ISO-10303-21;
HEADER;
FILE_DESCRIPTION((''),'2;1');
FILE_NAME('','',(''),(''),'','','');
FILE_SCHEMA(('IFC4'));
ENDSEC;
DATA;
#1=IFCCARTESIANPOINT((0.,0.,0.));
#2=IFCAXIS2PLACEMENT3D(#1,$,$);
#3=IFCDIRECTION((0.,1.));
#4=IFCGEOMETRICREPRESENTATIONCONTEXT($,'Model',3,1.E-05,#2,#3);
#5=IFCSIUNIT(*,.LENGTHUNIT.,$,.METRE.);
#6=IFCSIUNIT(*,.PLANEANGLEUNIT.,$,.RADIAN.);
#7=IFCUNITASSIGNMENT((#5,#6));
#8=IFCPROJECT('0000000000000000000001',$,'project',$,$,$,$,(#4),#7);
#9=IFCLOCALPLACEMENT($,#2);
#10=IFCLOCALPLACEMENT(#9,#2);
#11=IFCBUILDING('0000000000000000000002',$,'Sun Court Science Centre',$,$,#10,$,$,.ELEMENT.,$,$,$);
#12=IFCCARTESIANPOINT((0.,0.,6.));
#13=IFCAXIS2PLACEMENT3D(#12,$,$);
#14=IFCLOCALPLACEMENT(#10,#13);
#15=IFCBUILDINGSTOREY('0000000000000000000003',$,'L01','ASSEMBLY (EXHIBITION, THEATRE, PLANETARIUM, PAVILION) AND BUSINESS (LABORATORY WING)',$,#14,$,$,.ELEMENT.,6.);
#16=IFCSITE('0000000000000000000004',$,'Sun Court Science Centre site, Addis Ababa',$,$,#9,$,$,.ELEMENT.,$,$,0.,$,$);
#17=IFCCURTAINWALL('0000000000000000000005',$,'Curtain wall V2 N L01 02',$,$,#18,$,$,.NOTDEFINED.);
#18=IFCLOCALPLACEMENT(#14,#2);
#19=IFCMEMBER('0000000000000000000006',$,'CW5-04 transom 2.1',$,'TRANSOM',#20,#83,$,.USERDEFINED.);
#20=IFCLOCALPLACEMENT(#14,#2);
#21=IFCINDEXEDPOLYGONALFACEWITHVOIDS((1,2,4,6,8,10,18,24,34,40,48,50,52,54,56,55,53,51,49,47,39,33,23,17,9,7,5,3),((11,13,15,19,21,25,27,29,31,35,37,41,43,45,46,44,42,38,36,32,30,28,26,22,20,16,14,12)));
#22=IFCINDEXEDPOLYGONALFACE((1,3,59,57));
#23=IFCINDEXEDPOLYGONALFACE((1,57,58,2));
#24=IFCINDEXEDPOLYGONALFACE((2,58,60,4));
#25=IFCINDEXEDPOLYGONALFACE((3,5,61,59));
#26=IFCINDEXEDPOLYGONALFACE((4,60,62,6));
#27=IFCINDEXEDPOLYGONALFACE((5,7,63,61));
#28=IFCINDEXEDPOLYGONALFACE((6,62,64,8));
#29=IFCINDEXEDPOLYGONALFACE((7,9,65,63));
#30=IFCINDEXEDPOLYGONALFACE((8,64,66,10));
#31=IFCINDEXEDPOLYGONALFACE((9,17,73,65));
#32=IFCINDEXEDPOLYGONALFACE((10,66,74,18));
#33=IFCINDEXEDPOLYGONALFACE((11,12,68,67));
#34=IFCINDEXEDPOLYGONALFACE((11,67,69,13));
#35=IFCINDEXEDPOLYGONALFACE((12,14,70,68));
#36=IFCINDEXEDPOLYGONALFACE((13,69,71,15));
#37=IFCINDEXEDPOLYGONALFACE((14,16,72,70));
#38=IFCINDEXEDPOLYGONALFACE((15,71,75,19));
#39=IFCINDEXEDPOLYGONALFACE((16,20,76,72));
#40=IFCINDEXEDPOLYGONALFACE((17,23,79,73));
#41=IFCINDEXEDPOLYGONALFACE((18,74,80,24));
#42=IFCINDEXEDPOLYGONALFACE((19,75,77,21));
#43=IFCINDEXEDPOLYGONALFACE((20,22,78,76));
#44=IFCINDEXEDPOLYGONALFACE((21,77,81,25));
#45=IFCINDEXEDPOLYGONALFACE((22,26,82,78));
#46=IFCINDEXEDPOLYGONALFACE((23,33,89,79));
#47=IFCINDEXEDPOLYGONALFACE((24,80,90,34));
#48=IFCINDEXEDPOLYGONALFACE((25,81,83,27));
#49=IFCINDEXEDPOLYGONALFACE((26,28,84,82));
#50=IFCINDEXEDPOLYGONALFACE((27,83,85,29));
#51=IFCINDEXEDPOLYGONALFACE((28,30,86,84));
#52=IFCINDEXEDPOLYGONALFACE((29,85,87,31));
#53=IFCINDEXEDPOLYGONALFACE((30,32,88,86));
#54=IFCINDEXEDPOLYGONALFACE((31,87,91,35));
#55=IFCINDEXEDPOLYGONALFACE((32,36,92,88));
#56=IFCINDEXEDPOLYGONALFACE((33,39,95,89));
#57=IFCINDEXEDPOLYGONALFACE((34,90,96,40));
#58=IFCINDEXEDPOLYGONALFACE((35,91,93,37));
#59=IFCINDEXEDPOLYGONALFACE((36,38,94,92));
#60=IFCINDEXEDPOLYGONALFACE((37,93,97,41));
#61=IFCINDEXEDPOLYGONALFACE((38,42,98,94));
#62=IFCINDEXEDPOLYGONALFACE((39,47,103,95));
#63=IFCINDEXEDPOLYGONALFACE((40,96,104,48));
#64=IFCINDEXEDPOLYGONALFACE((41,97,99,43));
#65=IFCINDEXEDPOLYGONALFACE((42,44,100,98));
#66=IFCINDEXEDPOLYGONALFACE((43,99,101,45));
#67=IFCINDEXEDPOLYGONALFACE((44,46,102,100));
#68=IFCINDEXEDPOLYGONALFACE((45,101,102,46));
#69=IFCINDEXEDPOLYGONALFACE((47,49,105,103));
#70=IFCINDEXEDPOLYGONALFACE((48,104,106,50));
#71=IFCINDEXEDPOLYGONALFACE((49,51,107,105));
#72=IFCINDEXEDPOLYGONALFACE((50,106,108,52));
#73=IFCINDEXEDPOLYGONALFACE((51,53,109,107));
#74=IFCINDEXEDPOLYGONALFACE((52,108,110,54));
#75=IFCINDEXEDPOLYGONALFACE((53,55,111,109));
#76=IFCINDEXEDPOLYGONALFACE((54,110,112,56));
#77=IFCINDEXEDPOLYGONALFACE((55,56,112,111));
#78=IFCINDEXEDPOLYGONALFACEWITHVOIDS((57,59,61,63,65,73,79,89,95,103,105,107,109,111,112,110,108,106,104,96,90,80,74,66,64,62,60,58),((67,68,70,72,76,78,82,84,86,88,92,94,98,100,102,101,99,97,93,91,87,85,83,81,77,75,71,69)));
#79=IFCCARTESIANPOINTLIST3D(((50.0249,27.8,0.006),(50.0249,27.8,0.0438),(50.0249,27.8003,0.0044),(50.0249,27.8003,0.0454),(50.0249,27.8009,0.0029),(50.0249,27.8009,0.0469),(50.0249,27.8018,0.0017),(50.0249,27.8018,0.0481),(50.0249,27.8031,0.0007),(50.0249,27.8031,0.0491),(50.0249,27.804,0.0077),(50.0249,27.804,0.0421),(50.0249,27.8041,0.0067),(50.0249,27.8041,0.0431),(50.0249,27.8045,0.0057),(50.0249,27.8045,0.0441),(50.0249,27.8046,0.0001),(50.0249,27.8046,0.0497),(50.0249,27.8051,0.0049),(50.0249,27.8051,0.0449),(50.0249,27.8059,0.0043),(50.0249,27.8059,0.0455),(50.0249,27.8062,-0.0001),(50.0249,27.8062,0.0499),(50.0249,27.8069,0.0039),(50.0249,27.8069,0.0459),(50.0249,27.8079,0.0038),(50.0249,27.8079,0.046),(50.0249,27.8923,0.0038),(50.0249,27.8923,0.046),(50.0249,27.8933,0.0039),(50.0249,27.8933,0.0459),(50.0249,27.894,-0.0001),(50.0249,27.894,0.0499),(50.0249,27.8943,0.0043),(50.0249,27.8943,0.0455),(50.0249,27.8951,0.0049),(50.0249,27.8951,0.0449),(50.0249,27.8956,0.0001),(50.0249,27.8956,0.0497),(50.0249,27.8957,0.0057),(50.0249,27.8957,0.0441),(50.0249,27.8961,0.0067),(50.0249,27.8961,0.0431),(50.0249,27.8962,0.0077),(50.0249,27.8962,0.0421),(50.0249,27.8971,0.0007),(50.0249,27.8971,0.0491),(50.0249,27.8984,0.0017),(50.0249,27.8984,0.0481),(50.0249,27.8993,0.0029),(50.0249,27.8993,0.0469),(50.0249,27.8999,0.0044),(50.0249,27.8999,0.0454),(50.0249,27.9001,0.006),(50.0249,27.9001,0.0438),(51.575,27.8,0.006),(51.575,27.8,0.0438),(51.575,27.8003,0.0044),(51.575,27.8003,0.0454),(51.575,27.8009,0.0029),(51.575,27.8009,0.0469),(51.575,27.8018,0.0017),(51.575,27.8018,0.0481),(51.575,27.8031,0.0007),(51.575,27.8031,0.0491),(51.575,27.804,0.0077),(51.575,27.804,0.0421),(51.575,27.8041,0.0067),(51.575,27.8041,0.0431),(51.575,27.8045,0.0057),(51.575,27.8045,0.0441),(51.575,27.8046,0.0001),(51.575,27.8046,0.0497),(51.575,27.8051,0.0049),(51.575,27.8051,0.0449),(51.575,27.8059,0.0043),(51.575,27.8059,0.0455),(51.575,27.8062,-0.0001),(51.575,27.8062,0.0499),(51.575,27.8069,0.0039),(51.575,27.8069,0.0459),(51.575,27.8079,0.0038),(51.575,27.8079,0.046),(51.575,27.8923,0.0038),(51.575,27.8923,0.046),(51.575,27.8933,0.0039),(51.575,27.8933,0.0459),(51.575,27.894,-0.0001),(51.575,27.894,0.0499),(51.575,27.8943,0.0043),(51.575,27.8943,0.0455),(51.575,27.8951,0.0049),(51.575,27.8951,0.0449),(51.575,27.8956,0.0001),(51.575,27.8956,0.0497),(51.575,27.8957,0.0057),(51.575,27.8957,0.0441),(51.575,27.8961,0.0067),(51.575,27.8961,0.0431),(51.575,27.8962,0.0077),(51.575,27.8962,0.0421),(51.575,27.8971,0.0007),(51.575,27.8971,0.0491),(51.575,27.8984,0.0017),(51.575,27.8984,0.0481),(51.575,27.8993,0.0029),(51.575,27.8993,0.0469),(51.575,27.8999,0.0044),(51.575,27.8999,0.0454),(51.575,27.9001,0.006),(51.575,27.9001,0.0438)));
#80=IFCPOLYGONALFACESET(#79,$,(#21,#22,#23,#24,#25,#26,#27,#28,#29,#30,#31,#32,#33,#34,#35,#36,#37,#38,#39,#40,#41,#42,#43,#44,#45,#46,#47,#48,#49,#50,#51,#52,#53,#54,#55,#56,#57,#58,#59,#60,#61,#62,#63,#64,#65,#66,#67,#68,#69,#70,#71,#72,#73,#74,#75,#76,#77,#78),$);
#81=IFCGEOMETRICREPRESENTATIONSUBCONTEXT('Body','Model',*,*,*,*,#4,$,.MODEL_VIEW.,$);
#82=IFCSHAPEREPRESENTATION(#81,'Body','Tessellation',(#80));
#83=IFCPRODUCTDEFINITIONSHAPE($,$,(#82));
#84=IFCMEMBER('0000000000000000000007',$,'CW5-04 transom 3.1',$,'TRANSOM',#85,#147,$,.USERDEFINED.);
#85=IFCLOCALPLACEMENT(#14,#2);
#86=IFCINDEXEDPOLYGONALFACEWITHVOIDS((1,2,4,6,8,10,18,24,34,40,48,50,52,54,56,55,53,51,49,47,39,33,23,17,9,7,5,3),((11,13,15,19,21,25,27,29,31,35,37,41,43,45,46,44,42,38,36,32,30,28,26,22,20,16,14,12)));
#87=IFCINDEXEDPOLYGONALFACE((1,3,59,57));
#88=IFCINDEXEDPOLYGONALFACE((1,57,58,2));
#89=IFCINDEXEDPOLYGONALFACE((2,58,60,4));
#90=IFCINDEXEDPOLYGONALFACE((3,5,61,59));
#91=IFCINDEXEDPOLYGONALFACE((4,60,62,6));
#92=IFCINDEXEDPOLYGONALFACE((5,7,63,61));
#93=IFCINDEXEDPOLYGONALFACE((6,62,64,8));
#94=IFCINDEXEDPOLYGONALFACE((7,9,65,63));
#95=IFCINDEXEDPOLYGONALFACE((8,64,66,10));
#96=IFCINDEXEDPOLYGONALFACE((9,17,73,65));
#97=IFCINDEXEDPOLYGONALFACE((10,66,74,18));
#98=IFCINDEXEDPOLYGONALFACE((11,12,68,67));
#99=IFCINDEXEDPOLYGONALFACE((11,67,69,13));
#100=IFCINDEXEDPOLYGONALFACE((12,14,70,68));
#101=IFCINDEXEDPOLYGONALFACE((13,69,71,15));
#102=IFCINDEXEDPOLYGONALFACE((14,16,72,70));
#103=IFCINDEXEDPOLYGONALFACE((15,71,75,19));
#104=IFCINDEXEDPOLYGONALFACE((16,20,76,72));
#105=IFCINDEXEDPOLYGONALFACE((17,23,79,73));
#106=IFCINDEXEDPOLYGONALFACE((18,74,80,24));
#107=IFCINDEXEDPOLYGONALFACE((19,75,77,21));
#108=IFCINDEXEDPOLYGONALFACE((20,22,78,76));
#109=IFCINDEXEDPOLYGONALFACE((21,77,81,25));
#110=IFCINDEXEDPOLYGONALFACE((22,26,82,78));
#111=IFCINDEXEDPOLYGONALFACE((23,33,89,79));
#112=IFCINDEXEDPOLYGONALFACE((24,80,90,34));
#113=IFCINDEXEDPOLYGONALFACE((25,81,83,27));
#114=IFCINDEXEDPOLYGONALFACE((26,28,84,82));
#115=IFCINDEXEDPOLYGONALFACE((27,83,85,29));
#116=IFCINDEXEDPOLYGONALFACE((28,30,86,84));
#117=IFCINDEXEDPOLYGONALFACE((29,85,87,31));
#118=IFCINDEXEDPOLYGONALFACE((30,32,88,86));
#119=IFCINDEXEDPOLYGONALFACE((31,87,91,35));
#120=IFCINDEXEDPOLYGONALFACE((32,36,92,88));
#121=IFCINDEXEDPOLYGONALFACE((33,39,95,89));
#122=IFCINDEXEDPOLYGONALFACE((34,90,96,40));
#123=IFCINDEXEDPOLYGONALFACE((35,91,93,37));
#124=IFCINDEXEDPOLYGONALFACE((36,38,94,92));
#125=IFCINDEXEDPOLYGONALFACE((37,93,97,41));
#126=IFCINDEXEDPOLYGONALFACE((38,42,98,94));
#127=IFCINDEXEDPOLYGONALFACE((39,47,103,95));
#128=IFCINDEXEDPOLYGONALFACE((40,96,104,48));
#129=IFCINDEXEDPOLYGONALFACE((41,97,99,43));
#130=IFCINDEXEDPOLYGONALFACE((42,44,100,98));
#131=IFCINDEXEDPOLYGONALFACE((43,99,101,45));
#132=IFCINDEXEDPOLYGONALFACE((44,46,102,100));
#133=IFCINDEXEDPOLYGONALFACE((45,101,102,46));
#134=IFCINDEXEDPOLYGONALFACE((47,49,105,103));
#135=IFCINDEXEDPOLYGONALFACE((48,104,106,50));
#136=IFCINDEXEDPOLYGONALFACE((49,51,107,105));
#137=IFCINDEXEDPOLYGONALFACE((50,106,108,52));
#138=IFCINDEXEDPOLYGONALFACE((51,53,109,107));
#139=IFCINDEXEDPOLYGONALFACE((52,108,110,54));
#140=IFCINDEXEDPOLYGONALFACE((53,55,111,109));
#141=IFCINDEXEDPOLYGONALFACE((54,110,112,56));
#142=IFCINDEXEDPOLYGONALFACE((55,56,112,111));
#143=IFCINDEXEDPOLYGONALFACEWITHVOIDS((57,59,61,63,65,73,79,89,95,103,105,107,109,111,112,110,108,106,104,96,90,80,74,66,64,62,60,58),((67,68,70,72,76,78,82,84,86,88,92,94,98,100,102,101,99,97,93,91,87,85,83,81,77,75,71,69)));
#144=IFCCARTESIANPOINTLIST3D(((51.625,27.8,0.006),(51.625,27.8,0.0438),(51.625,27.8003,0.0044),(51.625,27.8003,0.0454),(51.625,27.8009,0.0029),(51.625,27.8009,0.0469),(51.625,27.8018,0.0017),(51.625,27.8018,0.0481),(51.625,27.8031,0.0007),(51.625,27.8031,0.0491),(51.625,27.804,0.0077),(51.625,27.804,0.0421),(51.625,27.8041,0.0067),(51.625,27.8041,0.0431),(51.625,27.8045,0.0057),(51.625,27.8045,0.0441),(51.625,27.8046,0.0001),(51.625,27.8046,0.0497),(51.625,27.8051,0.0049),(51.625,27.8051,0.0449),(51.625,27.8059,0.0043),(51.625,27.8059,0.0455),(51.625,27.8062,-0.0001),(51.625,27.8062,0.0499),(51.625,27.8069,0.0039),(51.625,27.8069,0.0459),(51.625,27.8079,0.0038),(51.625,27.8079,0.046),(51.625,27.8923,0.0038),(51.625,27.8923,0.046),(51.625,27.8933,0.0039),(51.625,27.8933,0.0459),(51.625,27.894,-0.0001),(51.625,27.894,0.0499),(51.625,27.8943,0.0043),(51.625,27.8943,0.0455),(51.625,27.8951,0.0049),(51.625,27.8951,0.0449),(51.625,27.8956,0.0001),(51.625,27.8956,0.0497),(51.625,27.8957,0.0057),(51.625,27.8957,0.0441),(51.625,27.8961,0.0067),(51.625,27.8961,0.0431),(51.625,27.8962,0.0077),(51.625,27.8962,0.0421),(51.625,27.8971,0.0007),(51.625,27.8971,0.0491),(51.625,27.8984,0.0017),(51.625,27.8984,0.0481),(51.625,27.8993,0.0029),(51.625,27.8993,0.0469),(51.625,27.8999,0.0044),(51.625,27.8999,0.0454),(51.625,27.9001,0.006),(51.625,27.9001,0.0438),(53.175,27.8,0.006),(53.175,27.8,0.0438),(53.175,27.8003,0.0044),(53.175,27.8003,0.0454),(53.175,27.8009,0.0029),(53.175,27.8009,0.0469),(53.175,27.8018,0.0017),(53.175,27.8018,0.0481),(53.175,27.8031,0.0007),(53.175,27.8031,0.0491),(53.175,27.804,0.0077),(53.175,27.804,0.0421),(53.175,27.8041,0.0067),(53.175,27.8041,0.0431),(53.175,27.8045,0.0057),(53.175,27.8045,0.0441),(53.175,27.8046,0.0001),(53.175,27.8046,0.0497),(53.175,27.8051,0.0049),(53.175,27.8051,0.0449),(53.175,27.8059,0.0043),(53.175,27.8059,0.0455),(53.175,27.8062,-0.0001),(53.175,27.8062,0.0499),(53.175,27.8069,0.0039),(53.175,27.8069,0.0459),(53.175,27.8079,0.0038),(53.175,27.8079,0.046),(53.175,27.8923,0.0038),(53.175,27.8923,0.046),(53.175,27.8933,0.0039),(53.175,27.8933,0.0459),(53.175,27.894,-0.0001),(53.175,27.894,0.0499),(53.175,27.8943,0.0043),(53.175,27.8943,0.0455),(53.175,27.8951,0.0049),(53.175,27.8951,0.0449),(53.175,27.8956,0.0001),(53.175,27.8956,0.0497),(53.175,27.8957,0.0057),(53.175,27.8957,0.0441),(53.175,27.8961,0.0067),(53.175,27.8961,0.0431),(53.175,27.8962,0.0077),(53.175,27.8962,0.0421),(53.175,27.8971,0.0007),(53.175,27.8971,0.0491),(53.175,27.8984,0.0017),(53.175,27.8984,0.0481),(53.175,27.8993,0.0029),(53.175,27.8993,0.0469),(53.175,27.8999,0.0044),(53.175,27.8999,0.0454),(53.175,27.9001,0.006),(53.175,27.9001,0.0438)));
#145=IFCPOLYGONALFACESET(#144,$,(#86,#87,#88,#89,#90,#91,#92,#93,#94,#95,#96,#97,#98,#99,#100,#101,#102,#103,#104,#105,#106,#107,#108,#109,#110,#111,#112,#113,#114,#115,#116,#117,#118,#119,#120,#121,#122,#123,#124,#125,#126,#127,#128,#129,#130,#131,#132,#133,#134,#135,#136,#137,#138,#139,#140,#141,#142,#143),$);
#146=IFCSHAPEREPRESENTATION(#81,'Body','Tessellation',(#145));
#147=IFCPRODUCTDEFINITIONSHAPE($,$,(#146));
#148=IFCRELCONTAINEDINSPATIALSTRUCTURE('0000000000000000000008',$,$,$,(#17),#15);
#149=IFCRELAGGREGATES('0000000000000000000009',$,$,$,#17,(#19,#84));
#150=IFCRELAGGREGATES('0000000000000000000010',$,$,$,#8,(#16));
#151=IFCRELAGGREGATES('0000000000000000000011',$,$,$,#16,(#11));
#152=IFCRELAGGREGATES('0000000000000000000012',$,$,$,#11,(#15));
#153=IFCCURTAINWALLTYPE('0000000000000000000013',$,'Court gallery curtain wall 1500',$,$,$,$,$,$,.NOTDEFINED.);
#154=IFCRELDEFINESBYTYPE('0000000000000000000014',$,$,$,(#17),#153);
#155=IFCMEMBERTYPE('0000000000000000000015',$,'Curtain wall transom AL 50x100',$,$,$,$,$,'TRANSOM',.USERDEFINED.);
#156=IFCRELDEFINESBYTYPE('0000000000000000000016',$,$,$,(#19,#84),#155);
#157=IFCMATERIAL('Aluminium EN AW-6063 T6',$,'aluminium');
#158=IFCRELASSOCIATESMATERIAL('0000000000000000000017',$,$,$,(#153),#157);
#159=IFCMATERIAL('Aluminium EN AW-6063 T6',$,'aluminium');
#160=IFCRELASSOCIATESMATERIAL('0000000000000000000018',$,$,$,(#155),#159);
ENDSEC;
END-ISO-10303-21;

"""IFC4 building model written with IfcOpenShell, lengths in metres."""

from ifc_helpers import new_model, si_unit, direction, frame, origin, origin_2d, place, context, subcontext, project, spatial, hollow_rectangle, extrude, material, material_profile, profile_set, type_object, element, aggregate, save


model = new_model("IFC4")

# Units and contexts
model_context = context("Model", 3, precision=1e-05, world=origin(), true_north=direction((0.0, 1.0)))
body_context = subcontext(model_context, "Body", "Model", "MODEL_VIEW")
ifc_project = project(units=[si_unit("LENGTHUNIT", "METRE"), si_unit("PLANEANGLEUNIT", "RADIAN")], contexts=[model_context])

# Site, building, storey
site_placement = place(None, origin())
site = spatial("IfcSite", under=ifc_project, at=site_placement, Name="Sun Court Science Centre site, Addis Ababa", CompositionType="ELEMENT", RefElevation=0.0)
building_placement = place(site_placement, origin())
building = spatial("IfcBuilding", under=site, at=building_placement, Name="Sun Court Science Centre", CompositionType="ELEMENT")
storey_placement = place(building_placement, frame((0.0, 0.0, 6.0)))
storey = spatial("IfcBuildingStorey", under=building, at=storey_placement, Name="L01", Description="ASSEMBLY (EXHIBITION, THEATRE, PLANETARIUM, PAVILION) AND BUSINESS (LABORATORY WING)", CompositionType="ELEMENT", Elevation=6.0)

# Curtain wall, members
ifc_material_1 = material(Name="Aluminium EN AW-6063 T6", Category="aluminium")
curtain_wall_type_1 = type_object("IfcCurtainWallType", Name="Court gallery curtain wall 1500", PredefinedType="NOTDEFINED", material=ifc_material_1)
curtain_wall_1_placement = place(storey_placement, origin())
curtain_wall_1 = element("IfcCurtainWall", 1, at=curtain_wall_1_placement, inside=storey, type_object=curtain_wall_type_1, Name="Curtain wall V2 N L01 02", PredefinedType="NOTDEFINED")
ifc_material_2 = material(Name="Aluminium EN AW-6063 T6", Category="aluminium")
ifc_material_profile_1 = material_profile(ifc_material_2, hollow_rectangle(XDim=0.05, YDim=0.1001, WallThickness=0.0039, InnerFilletRadius=0.0039, OuterFilletRadius=0.0061, at=origin_2d()), Name="AL 50x100x4")
ifc_profile_set_1 = profile_set([ifc_material_profile_1], Name="Aluminium EN AW-6063 T6")
member_type_1 = type_object("IfcMemberType", Name="Curtain wall transom AL 50x100", ElementType="TRANSOM", PredefinedType="USERDEFINED", material=ifc_profile_set_1)
member_1_placement = place(storey_placement, frame((50.0249, 27.8501, 0.0249), z_axis=(1.0, 0.0, 0.0), x_axis=(0.0, 0.0, 1.0)))
member_1 = element("IfcMember", 2, at=member_1_placement, type_object=member_type_1, Name="CW5-04 transom 2.1", ObjectType="TRANSOM", PredefinedType="USERDEFINED", context=body_context, shape_type="SweptSolid", body=[
    extrude(hollow_rectangle(XDim=0.05, YDim=0.1001, WallThickness=0.0039, InnerFilletRadius=0.0039, OuterFilletRadius=0.0061, at=origin_2d()), origin(), (0.0, 0.0, 1.0), 1.55),
])
member_2_placement = place(storey_placement, frame((51.625, 27.8501, 0.0249), z_axis=(1.0, 0.0, 0.0), x_axis=(0.0, 0.0, 1.0)))
member_2 = element("IfcMember", 3, at=member_2_placement, type_object=member_type_1, Name="CW5-04 transom 3.1", ObjectType="TRANSOM", PredefinedType="USERDEFINED", context=body_context, shape_type="SweptSolid", body=[
    extrude(hollow_rectangle(XDim=0.05, YDim=0.1001, WallThickness=0.0039, InnerFilletRadius=0.0039, OuterFilletRadius=0.0061, at=origin_2d()), origin(), (0.0, 0.0, 1.0), 1.55),
])

aggregate(curtain_wall_1, [member_1, member_2])

save(model, "model.ifc")
